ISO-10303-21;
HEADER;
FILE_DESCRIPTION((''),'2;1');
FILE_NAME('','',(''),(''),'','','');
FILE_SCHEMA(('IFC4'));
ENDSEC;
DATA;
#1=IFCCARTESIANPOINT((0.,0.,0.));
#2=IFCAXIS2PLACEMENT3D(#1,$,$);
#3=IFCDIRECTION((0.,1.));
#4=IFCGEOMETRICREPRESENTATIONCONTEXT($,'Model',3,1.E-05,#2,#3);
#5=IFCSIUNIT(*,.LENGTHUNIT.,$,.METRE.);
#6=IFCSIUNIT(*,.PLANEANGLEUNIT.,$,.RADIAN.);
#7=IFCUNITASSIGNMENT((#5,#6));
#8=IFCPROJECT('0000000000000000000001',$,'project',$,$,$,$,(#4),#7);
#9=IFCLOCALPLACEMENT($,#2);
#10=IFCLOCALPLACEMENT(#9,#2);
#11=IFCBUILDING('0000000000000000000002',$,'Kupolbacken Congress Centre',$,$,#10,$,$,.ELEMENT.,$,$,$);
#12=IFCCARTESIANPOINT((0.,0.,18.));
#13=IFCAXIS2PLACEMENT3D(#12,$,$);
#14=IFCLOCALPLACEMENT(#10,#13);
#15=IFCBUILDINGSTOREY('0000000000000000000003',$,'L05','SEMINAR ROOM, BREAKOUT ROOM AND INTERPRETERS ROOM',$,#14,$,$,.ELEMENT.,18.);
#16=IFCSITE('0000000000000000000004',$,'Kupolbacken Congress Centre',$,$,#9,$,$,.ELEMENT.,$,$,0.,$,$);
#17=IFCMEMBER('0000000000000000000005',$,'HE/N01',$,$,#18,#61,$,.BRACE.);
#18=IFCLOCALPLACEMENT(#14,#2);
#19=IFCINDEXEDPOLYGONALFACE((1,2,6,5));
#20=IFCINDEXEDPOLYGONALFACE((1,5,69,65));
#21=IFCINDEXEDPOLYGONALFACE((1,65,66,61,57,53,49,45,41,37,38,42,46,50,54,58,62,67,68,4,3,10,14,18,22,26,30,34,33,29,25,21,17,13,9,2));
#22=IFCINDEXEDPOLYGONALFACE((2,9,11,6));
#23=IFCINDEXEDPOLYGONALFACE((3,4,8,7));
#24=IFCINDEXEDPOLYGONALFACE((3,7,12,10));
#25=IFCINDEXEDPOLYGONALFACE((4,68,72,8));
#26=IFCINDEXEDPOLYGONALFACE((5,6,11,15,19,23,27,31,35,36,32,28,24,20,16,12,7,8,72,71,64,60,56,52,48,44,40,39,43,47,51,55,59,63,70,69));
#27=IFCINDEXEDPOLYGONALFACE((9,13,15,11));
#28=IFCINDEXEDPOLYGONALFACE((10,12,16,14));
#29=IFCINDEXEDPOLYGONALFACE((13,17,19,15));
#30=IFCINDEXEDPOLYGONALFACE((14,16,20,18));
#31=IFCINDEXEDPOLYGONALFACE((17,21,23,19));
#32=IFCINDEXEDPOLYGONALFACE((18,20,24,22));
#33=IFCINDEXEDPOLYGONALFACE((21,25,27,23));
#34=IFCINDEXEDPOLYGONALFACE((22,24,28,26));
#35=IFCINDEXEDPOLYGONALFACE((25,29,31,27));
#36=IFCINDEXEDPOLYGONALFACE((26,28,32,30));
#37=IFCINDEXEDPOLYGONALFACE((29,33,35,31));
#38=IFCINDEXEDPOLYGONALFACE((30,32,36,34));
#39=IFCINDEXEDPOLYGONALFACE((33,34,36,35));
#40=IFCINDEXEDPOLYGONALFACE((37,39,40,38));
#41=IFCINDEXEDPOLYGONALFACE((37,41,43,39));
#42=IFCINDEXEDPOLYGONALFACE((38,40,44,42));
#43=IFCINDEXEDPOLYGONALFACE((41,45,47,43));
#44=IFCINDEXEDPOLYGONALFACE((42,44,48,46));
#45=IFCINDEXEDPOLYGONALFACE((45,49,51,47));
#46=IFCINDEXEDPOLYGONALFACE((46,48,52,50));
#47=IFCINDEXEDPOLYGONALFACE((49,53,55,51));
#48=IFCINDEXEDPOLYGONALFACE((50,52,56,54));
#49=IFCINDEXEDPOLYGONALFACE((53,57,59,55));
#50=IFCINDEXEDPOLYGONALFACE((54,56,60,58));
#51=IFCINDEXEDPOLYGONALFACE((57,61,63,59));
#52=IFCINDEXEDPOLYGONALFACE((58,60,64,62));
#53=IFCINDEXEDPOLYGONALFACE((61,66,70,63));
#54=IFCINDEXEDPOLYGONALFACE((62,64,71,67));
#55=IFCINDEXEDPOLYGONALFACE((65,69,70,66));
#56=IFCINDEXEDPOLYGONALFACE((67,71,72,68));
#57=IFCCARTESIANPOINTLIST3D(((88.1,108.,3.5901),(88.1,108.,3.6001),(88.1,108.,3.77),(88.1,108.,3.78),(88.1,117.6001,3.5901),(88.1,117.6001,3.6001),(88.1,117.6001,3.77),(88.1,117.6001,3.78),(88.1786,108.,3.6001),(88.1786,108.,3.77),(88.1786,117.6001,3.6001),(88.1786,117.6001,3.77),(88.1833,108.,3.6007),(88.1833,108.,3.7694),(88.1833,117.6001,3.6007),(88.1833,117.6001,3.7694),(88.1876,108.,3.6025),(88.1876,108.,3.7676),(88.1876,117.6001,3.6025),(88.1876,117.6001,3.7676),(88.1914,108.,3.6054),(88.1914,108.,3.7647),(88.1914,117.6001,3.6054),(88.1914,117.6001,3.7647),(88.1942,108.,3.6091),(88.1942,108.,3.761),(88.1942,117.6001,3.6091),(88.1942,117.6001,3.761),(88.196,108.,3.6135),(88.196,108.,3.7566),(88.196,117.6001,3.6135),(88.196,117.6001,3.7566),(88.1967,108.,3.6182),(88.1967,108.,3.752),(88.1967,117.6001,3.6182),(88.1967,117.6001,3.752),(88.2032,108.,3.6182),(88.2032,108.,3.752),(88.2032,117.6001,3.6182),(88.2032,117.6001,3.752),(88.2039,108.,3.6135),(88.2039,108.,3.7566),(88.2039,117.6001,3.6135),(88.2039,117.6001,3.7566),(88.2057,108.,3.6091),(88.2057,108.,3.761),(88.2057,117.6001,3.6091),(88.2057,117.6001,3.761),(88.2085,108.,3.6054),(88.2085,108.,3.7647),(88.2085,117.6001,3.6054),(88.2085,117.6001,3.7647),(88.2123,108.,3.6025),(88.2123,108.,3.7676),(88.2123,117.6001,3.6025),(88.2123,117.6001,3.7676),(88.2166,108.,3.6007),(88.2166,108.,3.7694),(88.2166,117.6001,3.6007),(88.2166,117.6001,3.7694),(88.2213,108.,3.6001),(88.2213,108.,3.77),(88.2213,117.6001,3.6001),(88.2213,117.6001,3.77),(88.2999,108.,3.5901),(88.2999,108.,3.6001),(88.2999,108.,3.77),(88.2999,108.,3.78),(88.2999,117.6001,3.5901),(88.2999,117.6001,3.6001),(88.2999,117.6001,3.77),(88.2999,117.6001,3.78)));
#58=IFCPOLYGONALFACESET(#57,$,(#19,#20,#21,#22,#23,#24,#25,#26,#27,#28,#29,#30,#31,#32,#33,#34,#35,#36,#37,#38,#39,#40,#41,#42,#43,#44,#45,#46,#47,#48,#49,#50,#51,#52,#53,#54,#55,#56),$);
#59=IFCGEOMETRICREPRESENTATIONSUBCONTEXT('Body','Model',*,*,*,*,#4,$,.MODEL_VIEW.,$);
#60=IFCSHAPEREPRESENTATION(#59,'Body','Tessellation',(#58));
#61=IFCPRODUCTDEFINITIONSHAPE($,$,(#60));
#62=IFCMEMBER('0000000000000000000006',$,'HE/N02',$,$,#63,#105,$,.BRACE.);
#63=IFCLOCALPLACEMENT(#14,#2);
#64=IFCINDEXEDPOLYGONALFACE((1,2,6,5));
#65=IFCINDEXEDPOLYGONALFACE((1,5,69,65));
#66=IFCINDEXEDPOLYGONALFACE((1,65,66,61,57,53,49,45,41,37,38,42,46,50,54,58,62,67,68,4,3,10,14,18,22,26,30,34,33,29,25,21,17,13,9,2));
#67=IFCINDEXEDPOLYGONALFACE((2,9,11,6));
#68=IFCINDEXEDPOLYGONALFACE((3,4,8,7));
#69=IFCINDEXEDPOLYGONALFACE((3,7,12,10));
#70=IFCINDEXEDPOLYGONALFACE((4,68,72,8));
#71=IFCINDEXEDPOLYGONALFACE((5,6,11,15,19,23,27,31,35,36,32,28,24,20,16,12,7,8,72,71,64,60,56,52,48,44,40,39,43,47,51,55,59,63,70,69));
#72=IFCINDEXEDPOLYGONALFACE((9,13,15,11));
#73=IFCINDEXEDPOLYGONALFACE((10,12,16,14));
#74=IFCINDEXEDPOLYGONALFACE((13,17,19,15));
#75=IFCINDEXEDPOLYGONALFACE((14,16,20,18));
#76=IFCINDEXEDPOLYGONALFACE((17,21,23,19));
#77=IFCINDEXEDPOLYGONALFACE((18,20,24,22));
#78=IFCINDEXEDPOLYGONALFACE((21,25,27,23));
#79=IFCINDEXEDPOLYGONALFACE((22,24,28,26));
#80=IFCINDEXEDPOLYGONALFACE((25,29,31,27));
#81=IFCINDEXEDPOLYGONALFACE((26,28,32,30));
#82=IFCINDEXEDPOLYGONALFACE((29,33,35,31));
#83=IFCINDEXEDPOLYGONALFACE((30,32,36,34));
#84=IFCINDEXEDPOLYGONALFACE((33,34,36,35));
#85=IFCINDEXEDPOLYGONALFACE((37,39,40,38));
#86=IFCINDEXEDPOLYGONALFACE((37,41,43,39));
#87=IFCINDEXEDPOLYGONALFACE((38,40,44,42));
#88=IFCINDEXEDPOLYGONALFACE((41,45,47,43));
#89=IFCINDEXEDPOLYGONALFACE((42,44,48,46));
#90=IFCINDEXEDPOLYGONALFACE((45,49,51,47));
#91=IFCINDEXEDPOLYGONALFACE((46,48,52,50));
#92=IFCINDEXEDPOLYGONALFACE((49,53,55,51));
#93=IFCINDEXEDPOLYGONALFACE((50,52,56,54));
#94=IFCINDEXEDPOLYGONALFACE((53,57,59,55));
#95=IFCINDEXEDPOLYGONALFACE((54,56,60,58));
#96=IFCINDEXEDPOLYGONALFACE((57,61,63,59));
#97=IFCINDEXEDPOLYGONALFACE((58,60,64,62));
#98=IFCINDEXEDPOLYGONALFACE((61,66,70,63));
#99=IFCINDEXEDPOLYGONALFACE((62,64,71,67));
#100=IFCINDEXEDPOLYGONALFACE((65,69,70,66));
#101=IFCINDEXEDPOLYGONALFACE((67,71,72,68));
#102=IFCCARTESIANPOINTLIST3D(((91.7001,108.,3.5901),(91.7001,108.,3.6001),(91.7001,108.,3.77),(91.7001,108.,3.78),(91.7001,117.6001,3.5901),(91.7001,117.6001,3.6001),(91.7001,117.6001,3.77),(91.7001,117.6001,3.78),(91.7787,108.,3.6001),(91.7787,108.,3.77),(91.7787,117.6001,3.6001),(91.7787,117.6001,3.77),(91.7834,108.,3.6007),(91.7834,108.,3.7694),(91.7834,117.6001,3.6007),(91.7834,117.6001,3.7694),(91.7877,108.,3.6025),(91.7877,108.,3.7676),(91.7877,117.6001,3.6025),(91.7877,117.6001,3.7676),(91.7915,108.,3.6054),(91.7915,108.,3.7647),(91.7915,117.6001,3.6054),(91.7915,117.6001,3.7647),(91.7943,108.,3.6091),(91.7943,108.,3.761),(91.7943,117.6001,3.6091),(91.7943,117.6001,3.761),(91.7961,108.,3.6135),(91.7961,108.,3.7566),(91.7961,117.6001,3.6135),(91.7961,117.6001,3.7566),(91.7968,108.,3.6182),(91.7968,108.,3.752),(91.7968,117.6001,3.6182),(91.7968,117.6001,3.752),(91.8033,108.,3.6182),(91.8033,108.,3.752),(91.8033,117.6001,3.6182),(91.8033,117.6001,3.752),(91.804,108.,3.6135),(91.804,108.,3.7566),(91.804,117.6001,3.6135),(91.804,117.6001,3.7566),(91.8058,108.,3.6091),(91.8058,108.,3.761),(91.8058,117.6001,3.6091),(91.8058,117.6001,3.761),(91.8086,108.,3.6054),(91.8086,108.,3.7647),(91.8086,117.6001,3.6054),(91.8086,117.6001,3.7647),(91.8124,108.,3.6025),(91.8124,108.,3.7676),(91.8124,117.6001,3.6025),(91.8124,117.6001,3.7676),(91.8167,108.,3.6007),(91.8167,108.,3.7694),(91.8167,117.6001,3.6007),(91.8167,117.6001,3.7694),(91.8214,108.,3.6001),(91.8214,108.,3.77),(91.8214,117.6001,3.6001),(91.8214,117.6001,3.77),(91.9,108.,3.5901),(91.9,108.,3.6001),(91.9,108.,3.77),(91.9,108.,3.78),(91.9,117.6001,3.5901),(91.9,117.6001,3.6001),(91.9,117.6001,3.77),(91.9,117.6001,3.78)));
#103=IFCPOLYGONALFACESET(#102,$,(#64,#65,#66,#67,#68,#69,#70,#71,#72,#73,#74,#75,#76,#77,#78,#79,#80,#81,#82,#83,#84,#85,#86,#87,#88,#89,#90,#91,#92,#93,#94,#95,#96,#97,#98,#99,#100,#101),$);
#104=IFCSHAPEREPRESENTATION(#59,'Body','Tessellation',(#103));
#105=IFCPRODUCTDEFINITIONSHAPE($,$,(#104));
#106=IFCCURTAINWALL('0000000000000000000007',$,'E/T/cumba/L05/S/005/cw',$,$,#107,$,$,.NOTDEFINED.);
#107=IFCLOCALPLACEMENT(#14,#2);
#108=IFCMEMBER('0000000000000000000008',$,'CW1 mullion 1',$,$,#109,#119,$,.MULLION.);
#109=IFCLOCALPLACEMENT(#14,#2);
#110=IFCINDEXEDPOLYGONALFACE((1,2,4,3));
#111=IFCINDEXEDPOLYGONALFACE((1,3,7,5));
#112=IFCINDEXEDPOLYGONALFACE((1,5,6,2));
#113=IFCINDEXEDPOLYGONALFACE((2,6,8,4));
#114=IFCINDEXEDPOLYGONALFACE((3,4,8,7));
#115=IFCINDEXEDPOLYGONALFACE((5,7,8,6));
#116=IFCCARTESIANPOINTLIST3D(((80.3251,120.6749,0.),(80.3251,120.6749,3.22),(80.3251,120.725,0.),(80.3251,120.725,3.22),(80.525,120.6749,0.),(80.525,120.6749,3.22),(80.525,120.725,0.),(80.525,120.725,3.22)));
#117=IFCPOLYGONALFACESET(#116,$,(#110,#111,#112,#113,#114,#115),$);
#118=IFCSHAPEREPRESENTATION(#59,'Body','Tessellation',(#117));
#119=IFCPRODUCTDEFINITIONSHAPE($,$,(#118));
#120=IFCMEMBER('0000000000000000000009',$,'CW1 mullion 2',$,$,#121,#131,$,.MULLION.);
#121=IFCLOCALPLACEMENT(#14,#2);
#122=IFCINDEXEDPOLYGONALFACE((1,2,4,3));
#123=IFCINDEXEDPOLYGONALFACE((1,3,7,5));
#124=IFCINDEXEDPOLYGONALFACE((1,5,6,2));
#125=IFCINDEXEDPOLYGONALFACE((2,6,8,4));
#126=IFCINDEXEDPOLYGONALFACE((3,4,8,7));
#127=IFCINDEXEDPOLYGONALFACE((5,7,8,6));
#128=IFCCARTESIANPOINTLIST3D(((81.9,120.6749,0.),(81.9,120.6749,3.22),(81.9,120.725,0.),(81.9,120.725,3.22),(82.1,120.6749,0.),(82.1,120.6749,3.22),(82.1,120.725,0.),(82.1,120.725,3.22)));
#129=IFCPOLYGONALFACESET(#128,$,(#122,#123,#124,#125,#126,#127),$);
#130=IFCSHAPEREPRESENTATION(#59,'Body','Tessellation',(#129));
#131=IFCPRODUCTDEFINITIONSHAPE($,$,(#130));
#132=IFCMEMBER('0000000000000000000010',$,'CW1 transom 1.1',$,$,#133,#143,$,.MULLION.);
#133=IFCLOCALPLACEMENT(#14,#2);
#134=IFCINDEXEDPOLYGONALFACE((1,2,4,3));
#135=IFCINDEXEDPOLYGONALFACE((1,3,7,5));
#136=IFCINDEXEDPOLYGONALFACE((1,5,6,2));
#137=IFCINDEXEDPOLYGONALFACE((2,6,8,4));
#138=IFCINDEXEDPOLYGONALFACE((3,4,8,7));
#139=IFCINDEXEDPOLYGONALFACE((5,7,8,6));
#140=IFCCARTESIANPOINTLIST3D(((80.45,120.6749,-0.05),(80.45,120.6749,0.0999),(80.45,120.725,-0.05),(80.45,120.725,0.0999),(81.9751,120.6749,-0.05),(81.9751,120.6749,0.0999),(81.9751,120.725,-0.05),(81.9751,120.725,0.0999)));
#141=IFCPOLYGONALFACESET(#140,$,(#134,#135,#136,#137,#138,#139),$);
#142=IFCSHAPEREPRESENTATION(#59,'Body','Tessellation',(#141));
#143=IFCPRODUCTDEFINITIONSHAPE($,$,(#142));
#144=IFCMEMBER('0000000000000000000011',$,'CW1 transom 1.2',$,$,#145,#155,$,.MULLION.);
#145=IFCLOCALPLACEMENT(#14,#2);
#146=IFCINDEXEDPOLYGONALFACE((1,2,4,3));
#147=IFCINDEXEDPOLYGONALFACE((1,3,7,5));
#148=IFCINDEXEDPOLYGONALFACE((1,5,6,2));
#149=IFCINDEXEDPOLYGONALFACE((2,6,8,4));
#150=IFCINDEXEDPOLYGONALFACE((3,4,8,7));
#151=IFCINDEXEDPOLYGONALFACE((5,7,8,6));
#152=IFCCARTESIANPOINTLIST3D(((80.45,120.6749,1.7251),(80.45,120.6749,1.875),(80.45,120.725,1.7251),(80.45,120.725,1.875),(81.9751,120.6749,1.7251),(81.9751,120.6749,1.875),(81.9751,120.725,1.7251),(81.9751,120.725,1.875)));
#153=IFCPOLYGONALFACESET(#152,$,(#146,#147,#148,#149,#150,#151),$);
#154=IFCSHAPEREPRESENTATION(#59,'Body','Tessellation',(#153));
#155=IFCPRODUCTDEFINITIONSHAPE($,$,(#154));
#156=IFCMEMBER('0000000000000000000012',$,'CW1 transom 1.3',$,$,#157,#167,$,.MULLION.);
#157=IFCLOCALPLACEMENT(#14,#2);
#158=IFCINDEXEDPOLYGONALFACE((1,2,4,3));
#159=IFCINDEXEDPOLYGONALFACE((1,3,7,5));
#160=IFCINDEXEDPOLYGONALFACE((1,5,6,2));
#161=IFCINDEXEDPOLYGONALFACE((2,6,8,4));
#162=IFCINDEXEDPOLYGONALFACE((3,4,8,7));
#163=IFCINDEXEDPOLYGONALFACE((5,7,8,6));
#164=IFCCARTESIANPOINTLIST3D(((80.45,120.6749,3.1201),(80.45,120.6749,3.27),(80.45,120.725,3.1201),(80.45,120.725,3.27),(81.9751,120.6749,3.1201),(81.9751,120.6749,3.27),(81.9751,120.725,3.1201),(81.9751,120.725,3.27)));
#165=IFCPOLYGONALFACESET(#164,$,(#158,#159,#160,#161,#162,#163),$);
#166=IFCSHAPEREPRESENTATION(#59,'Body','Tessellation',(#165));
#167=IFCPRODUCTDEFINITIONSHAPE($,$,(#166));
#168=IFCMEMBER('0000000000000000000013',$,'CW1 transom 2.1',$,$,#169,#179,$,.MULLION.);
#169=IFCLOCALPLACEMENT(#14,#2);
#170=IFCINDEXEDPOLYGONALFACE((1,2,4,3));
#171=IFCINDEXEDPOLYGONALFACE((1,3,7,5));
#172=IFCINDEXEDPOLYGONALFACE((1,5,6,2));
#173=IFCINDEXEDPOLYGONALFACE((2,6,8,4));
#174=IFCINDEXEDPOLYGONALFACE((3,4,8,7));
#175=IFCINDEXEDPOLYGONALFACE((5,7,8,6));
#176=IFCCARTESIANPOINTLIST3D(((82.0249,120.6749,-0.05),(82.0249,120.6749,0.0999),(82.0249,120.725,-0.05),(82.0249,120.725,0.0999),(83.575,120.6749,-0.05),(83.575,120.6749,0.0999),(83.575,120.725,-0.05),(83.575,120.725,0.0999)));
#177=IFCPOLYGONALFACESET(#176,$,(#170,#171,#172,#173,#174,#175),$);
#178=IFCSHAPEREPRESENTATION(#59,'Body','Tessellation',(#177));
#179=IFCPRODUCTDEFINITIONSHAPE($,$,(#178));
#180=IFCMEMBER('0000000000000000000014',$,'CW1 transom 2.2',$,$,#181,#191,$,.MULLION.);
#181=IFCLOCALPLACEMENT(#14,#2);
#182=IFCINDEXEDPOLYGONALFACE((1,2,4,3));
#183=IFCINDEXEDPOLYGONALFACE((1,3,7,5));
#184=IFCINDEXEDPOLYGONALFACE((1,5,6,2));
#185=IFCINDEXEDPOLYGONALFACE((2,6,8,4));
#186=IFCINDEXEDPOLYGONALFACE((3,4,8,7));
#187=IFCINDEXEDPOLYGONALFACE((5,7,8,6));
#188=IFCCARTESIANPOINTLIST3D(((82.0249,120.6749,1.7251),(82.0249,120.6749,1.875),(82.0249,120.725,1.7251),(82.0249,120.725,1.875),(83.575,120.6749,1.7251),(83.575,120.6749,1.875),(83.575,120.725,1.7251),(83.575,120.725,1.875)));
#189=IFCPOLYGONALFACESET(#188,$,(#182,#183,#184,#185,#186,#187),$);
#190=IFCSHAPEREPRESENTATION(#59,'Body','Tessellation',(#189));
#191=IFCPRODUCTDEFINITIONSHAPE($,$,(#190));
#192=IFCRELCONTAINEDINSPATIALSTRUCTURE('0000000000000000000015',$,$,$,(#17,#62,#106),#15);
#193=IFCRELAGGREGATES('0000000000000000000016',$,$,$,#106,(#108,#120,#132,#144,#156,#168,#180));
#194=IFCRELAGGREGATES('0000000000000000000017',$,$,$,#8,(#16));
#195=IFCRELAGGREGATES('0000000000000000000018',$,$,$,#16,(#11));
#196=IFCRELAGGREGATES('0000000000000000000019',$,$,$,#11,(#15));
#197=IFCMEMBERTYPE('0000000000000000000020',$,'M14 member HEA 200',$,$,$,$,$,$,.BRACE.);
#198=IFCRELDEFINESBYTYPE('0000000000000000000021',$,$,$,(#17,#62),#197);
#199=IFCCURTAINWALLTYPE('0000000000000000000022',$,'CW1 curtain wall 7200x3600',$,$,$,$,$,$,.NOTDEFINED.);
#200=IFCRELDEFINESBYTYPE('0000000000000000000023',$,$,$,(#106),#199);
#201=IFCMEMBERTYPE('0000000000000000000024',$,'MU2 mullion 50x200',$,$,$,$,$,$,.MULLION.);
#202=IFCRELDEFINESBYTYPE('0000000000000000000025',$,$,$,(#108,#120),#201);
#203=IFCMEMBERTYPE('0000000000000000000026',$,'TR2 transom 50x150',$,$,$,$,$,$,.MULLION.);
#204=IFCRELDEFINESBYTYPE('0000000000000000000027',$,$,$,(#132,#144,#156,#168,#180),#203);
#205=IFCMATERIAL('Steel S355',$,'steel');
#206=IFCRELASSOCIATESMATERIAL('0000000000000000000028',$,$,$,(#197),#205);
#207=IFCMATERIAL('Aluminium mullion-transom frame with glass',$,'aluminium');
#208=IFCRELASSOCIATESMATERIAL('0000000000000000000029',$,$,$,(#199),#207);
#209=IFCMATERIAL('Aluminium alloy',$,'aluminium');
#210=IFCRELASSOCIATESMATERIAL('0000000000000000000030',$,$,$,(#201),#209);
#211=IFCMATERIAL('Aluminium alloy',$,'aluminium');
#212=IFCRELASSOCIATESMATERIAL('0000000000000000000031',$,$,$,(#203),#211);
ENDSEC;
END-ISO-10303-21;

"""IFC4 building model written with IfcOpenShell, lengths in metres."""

from ifc_helpers import new_model, si_unit, direction, frame, origin, origin_2d, place, context, subcontext, project, spatial, rectangle, i_section, extrude, material, material_profile, profile_set, type_object, element, aggregate, save


model = new_model("IFC4")

# Units and contexts
model_context = context("Model", 3, precision=1e-05, world=origin(), true_north=direction((0.0, 1.0)))
body_context = subcontext(model_context, "Body", "Model", "MODEL_VIEW")
ifc_project = project(units=[si_unit("LENGTHUNIT", "METRE"), si_unit("PLANEANGLEUNIT", "RADIAN")], contexts=[model_context])

# Site, building, storey
site_placement = place(None, origin())
site = spatial("IfcSite", under=ifc_project, at=site_placement, Name="Kupolbacken Congress Centre", CompositionType="ELEMENT", RefElevation=0.0)
building_placement = place(site_placement, origin())
building = spatial("IfcBuilding", under=site, at=building_placement, Name="Kupolbacken Congress Centre", CompositionType="ELEMENT")
storey_placement = place(building_placement, frame((0.0, 0.0, 18.0)))
storey = spatial("IfcBuildingStorey", under=building, at=storey_placement, Name="L05", Description="SEMINAR ROOM, BREAKOUT ROOM AND INTERPRETERS ROOM", CompositionType="ELEMENT", Elevation=18.0)

# Members
ifc_material_1 = material(Name="Steel S355", Category="steel")
ifc_material_profile_1 = material_profile(ifc_material_1, i_section(OverallWidth=0.2, OverallDepth=0.1899, WebThickness=0.0066, FlangeThickness=0.01, FilletRadius=0.0181, at=origin_2d()), Name="HEA 200")
ifc_profile_set_1 = profile_set([ifc_material_profile_1], Name="Steel S355")
member_type_1 = type_object("IfcMemberType", Name="M14 member HEA 200", PredefinedType="BRACE", material=ifc_profile_set_1)
for number, where, z_axis, x_axis, name in (
    (1, (88.2, 108.0, 3.6851), (0.0, 1.0, 0.0), (-1.0, 0.0, 0.0), "HE/N01"),
    (2, (91.8, 108.0, 3.6851), (0.0, 1.0, 0.0), (-1.0, 0.0, 0.0), "HE/N02"),
):
    element("IfcMember", number, at=place(storey_placement, frame(where, z_axis=z_axis, x_axis=x_axis)), inside=storey, type_object=member_type_1, Name=name, PredefinedType="BRACE", context=body_context, shape_type="SweptSolid", body=[
        extrude(i_section(OverallWidth=0.2, OverallDepth=0.1899, WebThickness=0.0066, FlangeThickness=0.01, FilletRadius=0.0181, at=origin_2d()), origin(), (0.0, 0.0, 1.0), 9.6001),
    ])

# Curtain wall, members
ifc_material_2 = material(Name="Aluminium mullion-transom frame with glass", Category="aluminium")
curtain_wall_type = type_object("IfcCurtainWallType", Name="CW1 curtain wall 7200x3600", PredefinedType="NOTDEFINED", material=ifc_material_2)
curtain_wall_placement = place(storey_placement, origin())
curtain_wall = element("IfcCurtainWall", 3, at=curtain_wall_placement, inside=storey, type_object=curtain_wall_type, Name="E/T/cumba/L05/S/005/cw", PredefinedType="NOTDEFINED")
ifc_material_3 = material(Name="Aluminium alloy", Category="aluminium")
ifc_material_profile_2 = material_profile(ifc_material_3, rectangle(XDim=0.05, YDim=0.2, at=origin_2d()), Name="50 x 200")
ifc_profile_set_2 = profile_set([ifc_material_profile_2], Name="Aluminium alloy")
member_type_2 = type_object("IfcMemberType", Name="MU2 mullion 50x200", PredefinedType="MULLION", material=ifc_profile_set_2)
member_1_placement = place(storey_placement, frame((80.425, 120.7, 0.0), z_axis=(0.0, 0.0, 1.0), x_axis=(0.0, 1.0, 0.0)))
member_1 = element("IfcMember", 4, at=member_1_placement, type_object=member_type_2, Name="CW1 mullion 1", PredefinedType="MULLION", context=body_context, shape_type="SweptSolid", body=[
    extrude(rectangle(XDim=0.05, YDim=0.2, at=origin_2d()), origin(), (0.0, 0.0, 1.0), 3.22),
])
member_2_placement = place(storey_placement, frame((82.0, 120.7, 0.0), z_axis=(0.0, 0.0, 1.0), x_axis=(0.0, 1.0, 0.0)))
member_2 = element("IfcMember", 5, at=member_2_placement, type_object=member_type_2, Name="CW1 mullion 2", PredefinedType="MULLION", context=body_context, shape_type="SweptSolid", body=[
    extrude(rectangle(XDim=0.05, YDim=0.2, at=origin_2d()), origin(), (0.0, 0.0, 1.0), 3.22),
])
ifc_material_4 = material(Name="Aluminium alloy", Category="aluminium")
ifc_material_profile_3 = material_profile(ifc_material_4, rectangle(XDim=0.05, YDim=0.1499, at=origin_2d()), Name="50 x 150")
ifc_profile_set_3 = profile_set([ifc_material_profile_3], Name="Aluminium alloy")
member_type_3 = type_object("IfcMemberType", Name="TR2 transom 50x150", PredefinedType="MULLION", material=ifc_profile_set_3)
member_3_placement = place(storey_placement, frame((80.45, 120.7, 0.0249), z_axis=(1.0, 0.0, 0.0), x_axis=(0.0, 1.0, 0.0)))
member_3 = element("IfcMember", 6, at=member_3_placement, type_object=member_type_3, Name="CW1 transom 1.1", PredefinedType="MULLION", context=body_context, shape_type="SweptSolid", body=[
    extrude(rectangle(XDim=0.05, YDim=0.1499, at=origin_2d()), origin(), (0.0, 0.0, 1.0), 1.5251),
])
member_4_placement = place(storey_placement, frame((80.45, 120.7, 1.8), z_axis=(1.0, 0.0, 0.0), x_axis=(0.0, 1.0, 0.0)))
member_4 = element("IfcMember", 7, at=member_4_placement, type_object=member_type_3, Name="CW1 transom 1.2", PredefinedType="MULLION", context=body_context, shape_type="SweptSolid", body=[
    extrude(rectangle(XDim=0.05, YDim=0.1499, at=origin_2d()), origin(), (0.0, 0.0, 1.0), 1.5251),
])
member_5_placement = place(storey_placement, frame((80.45, 120.7, 3.1951), z_axis=(1.0, 0.0, 0.0), x_axis=(0.0, 1.0, 0.0)))
member_5 = element("IfcMember", 8, at=member_5_placement, type_object=member_type_3, Name="CW1 transom 1.3", PredefinedType="MULLION", context=body_context, shape_type="SweptSolid", body=[
    extrude(rectangle(XDim=0.05, YDim=0.1499, at=origin_2d()), origin(), (0.0, 0.0, 1.0), 1.5251),
])
member_6_placement = place(storey_placement, frame((82.0249, 120.7, 0.0249), z_axis=(1.0, 0.0, 0.0), x_axis=(0.0, 1.0, 0.0)))
member_6 = element("IfcMember", 9, at=member_6_placement, type_object=member_type_3, Name="CW1 transom 2.1", PredefinedType="MULLION", context=body_context, shape_type="SweptSolid", body=[
    extrude(rectangle(XDim=0.05, YDim=0.1499, at=origin_2d()), origin(), (0.0, 0.0, 1.0), 1.55),
])
member_7_placement = place(storey_placement, frame((82.0249, 120.7, 1.8), z_axis=(1.0, 0.0, 0.0), x_axis=(0.0, 1.0, 0.0)))
member_7 = element("IfcMember", 10, at=member_7_placement, type_object=member_type_3, Name="CW1 transom 2.2", PredefinedType="MULLION", context=body_context, shape_type="SweptSolid", body=[
    extrude(rectangle(XDim=0.05, YDim=0.1499, at=origin_2d()), origin(), (0.0, 0.0, 1.0), 1.55),
])
aggregate(curtain_wall, [member_1, member_2, member_3, member_4, member_5, member_6, member_7])

save(model, "model.ifc")
